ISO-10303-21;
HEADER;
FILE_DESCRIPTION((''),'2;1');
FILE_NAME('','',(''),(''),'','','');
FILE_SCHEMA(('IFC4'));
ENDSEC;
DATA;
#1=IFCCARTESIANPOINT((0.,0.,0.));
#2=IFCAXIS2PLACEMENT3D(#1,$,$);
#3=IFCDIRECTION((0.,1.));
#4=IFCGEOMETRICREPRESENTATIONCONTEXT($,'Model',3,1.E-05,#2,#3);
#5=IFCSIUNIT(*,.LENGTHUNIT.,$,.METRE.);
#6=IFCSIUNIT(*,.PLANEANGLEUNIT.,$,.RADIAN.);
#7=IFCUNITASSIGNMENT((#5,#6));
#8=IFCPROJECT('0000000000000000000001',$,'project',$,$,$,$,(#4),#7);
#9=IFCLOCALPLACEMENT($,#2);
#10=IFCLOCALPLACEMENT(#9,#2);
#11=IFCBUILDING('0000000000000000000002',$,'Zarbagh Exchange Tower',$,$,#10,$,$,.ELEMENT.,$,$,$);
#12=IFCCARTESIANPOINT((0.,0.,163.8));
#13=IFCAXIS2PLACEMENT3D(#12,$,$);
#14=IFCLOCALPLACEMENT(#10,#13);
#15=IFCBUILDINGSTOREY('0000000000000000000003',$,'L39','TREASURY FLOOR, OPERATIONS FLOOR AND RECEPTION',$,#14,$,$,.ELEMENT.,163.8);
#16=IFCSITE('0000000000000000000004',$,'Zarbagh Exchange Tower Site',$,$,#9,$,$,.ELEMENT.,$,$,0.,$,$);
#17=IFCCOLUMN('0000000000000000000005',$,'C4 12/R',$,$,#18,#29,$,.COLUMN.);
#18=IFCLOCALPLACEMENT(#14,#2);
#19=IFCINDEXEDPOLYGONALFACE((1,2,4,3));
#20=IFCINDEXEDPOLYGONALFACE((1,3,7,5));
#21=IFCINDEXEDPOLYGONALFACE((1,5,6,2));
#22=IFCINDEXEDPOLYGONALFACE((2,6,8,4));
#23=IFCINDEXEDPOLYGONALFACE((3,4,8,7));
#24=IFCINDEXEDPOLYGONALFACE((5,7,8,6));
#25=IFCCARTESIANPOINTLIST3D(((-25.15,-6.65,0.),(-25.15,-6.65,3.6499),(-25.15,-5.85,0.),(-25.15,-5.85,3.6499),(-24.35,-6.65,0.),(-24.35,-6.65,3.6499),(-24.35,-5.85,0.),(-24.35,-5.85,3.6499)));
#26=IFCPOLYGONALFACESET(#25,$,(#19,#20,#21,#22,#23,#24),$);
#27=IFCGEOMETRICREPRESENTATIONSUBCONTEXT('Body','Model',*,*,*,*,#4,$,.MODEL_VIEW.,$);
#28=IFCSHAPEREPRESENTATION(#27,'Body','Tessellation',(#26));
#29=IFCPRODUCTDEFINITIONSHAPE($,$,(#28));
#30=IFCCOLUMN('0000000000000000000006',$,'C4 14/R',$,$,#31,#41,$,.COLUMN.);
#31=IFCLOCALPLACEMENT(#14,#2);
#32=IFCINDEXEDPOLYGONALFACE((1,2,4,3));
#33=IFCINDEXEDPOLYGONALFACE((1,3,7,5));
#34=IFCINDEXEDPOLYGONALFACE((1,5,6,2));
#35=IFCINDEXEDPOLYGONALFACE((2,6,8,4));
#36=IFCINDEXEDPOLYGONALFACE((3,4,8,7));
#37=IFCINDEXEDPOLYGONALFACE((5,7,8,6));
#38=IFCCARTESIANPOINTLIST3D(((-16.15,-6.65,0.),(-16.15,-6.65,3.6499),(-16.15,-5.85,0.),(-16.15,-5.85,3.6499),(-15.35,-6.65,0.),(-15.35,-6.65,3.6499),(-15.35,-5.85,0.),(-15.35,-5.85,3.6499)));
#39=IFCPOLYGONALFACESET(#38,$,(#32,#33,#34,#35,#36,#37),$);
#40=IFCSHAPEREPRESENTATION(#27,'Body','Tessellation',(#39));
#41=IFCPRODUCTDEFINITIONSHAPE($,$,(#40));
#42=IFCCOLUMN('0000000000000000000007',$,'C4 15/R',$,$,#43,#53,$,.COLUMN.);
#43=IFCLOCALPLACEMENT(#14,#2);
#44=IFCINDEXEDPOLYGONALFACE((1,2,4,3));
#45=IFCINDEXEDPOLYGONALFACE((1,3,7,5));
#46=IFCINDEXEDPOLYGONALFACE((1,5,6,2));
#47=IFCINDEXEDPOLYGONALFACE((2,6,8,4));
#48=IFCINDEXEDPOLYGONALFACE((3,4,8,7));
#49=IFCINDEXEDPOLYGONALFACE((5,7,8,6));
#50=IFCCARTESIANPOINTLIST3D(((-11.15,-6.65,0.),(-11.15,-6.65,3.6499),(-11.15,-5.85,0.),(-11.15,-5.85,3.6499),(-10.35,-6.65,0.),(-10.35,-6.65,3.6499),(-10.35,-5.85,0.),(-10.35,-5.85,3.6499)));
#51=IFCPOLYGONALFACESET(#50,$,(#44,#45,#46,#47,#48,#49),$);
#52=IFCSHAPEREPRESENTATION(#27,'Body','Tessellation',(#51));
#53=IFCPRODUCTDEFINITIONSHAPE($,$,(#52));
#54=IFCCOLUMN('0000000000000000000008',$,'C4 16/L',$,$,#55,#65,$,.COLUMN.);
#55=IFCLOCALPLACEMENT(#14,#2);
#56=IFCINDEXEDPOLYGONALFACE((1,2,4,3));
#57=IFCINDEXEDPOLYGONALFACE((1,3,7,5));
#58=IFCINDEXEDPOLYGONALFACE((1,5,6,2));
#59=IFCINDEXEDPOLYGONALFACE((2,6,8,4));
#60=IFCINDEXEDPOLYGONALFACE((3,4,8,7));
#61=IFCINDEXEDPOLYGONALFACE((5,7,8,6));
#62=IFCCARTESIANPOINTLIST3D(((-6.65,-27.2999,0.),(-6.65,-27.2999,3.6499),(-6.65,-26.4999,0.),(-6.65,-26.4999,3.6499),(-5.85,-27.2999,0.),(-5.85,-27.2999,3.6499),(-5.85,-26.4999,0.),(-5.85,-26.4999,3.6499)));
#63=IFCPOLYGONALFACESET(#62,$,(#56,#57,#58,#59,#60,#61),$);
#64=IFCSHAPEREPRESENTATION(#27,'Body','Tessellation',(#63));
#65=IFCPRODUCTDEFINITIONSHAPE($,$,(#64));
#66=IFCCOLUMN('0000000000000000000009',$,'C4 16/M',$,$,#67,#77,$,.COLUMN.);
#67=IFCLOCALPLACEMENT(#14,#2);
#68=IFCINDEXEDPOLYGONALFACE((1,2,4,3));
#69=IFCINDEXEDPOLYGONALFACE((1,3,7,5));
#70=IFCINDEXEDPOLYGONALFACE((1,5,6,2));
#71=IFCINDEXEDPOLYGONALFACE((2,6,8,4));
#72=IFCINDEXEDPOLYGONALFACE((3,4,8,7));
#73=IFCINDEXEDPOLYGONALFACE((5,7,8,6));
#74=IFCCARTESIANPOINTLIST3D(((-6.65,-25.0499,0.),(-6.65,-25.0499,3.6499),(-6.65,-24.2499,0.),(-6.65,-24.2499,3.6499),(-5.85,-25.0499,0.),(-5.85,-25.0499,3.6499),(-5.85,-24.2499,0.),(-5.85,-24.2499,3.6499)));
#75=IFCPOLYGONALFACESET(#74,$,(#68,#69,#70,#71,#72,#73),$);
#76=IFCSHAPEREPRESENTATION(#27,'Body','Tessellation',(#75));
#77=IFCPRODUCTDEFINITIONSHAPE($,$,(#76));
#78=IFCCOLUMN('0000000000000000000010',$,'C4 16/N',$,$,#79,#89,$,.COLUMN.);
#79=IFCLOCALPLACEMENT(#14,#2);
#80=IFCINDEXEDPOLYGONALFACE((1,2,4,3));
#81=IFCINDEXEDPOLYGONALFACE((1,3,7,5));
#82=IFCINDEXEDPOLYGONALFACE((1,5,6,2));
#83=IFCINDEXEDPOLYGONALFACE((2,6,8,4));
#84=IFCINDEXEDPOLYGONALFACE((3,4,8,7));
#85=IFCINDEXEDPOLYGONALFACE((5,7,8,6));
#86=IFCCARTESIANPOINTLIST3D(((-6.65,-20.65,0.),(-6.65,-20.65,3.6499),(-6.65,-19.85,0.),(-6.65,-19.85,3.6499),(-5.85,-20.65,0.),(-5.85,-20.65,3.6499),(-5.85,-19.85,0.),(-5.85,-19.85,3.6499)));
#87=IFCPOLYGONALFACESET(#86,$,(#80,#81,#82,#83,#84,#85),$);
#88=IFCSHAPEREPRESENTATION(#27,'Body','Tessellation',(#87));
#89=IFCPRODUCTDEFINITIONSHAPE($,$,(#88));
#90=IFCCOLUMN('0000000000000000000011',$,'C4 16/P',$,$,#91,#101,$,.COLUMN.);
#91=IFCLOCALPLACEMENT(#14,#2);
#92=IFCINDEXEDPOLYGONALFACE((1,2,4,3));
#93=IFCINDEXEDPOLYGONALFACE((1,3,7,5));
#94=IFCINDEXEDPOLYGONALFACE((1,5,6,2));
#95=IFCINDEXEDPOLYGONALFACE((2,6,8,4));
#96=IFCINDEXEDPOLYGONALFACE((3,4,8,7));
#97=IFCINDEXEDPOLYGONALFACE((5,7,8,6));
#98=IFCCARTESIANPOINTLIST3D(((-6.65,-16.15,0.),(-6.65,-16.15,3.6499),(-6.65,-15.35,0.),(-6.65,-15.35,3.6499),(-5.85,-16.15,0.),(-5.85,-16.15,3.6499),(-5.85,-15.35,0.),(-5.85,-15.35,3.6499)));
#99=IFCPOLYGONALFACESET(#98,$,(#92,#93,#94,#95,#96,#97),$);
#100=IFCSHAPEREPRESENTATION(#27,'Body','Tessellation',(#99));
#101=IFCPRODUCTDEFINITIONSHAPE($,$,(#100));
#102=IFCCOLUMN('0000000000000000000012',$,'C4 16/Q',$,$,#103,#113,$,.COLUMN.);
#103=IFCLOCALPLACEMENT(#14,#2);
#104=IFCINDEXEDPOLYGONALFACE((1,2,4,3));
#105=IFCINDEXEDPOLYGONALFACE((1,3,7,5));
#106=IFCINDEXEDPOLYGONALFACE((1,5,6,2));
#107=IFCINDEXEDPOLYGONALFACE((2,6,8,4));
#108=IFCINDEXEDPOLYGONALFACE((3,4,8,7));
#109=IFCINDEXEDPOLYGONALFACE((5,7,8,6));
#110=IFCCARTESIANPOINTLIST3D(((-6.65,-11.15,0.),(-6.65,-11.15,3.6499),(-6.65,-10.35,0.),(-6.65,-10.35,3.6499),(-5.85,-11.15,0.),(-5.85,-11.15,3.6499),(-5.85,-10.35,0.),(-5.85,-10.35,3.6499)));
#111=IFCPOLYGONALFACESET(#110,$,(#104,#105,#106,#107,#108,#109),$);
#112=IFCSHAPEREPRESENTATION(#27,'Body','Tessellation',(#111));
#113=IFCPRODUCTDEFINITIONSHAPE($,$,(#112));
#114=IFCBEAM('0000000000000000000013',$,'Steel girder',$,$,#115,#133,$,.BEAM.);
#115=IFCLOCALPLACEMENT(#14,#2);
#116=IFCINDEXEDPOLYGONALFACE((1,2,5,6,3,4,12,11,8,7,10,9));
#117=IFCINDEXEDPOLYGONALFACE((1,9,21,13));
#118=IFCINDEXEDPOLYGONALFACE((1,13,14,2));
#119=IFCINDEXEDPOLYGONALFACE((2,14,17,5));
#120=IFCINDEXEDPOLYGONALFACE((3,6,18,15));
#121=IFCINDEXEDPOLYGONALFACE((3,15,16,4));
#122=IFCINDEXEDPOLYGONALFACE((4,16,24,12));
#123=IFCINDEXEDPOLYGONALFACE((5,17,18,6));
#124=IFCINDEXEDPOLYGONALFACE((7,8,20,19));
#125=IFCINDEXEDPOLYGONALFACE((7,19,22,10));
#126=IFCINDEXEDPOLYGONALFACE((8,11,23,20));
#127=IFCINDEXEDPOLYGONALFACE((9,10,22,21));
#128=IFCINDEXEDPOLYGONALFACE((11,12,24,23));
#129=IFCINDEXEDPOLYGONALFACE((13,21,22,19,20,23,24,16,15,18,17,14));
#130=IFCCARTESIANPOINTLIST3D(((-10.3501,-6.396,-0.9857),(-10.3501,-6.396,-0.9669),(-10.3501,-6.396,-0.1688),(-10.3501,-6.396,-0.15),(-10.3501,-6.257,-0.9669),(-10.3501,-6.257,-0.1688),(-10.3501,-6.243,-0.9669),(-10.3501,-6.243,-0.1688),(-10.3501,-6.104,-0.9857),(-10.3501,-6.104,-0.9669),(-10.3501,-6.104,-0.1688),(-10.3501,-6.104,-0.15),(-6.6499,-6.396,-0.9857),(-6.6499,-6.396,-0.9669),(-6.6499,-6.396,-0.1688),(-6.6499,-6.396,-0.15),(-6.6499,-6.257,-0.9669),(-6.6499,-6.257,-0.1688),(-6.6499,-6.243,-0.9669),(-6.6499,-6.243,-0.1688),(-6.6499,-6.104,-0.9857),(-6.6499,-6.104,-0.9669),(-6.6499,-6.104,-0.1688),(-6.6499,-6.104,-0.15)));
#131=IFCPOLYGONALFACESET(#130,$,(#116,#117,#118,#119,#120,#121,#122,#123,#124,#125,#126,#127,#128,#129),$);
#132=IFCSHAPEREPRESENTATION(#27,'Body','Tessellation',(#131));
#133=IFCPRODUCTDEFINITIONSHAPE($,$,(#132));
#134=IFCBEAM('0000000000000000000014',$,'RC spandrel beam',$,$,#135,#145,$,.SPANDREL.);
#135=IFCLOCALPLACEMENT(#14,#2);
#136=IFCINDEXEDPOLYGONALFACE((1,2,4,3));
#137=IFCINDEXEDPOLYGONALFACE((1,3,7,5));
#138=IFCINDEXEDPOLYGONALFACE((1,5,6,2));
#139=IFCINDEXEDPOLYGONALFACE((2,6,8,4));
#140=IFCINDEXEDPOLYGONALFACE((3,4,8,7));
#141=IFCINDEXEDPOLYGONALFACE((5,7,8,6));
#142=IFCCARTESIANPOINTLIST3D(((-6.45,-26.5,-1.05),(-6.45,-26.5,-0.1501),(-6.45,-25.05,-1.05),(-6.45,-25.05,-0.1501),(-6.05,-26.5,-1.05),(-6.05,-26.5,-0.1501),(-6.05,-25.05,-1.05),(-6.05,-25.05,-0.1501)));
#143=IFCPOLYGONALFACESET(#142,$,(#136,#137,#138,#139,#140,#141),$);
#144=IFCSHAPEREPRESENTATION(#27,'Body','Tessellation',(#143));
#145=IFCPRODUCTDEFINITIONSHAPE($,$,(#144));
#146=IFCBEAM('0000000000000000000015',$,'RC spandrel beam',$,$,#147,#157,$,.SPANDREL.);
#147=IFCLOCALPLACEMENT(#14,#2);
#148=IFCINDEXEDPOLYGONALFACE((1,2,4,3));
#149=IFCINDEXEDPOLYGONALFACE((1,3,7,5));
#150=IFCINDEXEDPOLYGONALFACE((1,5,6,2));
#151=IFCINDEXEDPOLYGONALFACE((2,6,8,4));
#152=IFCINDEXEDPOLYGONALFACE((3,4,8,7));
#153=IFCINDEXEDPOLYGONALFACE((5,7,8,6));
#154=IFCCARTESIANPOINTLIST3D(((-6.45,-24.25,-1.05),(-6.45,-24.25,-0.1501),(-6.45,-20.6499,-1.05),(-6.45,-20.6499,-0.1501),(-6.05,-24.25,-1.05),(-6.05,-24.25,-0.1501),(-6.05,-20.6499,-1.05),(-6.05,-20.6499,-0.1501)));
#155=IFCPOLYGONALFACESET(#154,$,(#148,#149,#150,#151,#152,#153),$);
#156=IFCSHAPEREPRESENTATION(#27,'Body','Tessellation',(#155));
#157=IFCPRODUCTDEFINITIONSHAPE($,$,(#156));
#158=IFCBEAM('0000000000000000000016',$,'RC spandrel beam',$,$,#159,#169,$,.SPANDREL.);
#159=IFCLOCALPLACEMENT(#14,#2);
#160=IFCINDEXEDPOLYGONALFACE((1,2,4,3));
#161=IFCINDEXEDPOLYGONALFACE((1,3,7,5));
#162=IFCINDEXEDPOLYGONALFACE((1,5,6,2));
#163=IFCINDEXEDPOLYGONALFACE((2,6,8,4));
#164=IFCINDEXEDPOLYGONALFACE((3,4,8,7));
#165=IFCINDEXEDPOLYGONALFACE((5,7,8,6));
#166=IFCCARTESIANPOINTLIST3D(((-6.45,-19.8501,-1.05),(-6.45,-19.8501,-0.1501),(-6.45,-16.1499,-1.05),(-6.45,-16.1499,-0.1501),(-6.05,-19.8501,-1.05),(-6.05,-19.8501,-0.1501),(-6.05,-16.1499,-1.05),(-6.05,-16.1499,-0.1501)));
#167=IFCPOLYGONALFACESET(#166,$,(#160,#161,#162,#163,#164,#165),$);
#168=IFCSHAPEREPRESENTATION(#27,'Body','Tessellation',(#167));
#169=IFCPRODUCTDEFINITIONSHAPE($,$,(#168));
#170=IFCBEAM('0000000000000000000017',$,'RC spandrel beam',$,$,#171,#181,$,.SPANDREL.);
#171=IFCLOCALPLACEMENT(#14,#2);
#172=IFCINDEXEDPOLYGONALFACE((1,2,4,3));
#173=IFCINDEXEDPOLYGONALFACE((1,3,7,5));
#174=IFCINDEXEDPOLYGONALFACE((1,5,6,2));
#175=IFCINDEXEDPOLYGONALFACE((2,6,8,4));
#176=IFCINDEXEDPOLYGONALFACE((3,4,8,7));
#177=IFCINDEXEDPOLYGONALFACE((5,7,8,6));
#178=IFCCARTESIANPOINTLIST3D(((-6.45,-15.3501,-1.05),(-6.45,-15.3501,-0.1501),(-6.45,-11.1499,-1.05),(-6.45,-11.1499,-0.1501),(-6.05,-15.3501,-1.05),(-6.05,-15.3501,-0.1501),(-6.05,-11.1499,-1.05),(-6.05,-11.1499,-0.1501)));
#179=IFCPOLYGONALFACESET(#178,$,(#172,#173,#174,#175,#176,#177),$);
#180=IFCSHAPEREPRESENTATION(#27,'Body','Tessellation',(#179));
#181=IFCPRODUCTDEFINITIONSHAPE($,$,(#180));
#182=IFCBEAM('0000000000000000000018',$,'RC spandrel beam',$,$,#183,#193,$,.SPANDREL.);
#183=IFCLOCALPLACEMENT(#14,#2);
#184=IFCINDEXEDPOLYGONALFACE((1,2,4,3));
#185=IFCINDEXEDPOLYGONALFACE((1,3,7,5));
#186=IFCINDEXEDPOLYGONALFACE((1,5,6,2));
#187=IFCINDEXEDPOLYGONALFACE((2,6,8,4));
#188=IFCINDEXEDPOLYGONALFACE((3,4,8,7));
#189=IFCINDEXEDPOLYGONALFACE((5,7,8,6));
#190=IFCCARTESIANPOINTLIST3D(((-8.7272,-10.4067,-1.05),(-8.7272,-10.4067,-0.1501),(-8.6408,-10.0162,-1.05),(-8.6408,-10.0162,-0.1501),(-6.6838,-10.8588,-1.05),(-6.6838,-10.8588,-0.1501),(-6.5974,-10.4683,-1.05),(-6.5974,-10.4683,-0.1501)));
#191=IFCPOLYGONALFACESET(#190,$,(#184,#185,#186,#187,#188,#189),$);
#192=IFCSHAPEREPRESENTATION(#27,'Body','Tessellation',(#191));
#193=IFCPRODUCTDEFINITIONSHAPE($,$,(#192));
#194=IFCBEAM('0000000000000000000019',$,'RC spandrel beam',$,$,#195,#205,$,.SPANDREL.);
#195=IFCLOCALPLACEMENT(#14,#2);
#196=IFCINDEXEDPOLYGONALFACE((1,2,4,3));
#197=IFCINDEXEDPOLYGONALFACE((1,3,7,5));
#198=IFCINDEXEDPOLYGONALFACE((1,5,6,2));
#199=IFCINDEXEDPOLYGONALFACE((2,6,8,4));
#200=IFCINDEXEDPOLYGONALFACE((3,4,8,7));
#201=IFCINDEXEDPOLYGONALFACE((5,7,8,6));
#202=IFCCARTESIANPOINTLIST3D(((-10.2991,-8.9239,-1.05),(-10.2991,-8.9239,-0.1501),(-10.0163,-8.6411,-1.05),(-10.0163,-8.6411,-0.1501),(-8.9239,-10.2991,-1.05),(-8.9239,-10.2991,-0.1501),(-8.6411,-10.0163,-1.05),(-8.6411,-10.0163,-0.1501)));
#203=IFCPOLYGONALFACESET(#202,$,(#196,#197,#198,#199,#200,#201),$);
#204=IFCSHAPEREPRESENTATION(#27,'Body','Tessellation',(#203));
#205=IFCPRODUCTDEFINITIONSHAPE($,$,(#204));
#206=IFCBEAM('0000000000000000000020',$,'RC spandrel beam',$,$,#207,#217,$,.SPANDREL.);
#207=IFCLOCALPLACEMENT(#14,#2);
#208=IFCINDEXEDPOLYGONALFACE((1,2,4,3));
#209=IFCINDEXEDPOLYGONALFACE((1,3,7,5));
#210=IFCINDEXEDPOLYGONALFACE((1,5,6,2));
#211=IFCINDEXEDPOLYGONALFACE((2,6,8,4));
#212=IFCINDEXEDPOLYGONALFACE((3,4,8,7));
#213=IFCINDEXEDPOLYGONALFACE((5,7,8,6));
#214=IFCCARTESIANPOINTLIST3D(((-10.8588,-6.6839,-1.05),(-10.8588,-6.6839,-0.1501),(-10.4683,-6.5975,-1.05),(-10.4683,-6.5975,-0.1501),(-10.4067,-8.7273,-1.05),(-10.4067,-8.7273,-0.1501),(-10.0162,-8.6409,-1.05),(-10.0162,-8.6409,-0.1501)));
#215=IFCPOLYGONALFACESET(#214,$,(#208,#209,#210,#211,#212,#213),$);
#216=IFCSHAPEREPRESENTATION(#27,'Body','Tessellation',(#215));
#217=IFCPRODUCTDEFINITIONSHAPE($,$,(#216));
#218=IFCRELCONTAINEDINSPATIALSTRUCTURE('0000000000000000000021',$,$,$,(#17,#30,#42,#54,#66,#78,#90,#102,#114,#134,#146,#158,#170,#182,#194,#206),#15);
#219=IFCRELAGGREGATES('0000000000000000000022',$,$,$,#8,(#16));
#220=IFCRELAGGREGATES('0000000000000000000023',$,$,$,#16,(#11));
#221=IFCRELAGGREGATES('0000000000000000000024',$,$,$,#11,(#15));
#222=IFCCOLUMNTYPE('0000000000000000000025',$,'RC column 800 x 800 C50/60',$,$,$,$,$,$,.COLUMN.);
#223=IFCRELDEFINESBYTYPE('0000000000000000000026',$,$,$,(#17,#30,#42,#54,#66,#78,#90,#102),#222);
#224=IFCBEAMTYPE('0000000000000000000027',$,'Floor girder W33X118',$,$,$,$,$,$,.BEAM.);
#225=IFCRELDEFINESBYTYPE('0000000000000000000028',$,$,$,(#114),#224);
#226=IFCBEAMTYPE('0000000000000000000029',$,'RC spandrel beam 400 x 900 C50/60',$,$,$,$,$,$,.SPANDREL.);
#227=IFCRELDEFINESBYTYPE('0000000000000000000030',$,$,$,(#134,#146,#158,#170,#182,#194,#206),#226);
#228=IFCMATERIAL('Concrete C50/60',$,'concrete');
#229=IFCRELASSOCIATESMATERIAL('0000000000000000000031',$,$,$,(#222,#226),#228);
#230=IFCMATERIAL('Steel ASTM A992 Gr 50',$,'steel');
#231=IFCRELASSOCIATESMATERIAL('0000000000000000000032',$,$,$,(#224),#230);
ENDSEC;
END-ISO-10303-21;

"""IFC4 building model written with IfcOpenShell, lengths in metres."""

from ifc_helpers import new_model, si_unit, direction, frame, origin, origin_2d, place, context, subcontext, project, spatial, rectangle, i_section, extrude, material, material_profile, profile_set, type_object, element, save


model = new_model("IFC4")

# Units and contexts
model_context = context("Model", 3, precision=1e-05, world=origin(), true_north=direction((0.0, 1.0)))
body_context = subcontext(model_context, "Body", "Model", "MODEL_VIEW")
ifc_project = project(units=[si_unit("LENGTHUNIT", "METRE"), si_unit("PLANEANGLEUNIT", "RADIAN")], contexts=[model_context])

# Site, building, storey
site_placement = place(None, origin())
site = spatial("IfcSite", under=ifc_project, at=site_placement, Name="Zarbagh Exchange Tower Site", CompositionType="ELEMENT", RefElevation=0.0)
building_placement = place(site_placement, origin())
building = spatial("IfcBuilding", under=site, at=building_placement, Name="Zarbagh Exchange Tower", CompositionType="ELEMENT")
storey_placement = place(building_placement, frame((0.0, 0.0, 163.8)))
storey = spatial("IfcBuildingStorey", under=building, at=storey_placement, Name="L39", Description="TREASURY FLOOR, OPERATIONS FLOOR AND RECEPTION", CompositionType="ELEMENT", Elevation=163.8)

# Columns
ifc_material_1 = material(Name="Concrete C50/60", Category="concrete")
ifc_material_profile_1 = material_profile(ifc_material_1, rectangle(XDim=0.8, YDim=0.8, at=origin_2d()), Name="RC column 800 x 800 C50/60")
ifc_profile_set_1 = profile_set([ifc_material_profile_1], Name="Concrete C50/60")
column_type = type_object("IfcColumnType", Name="RC column 800 x 800 C50/60", PredefinedType="COLUMN", material=ifc_profile_set_1)
for number, where, z_axis, x_axis, name in (
    (1, (-24.75, -6.25, 0.0), (0.0, 0.0, 1.0), (1.0, 0.0, 0.0), "C4 12/R"),
    (2, (-15.75, -6.25, 0.0), (0.0, 0.0, 1.0), (1.0, 0.0, 0.0), "C4 14/R"),
    (3, (-10.75, -6.25, 0.0), (0.0, 0.0, 1.0), (1.0, 0.0, 0.0), "C4 15/R"),
    (4, (-6.25, -26.8999, 0.0), (0.0, 0.0, 1.0), (1.0, 0.0, 0.0), "C4 16/L"),
    (5, (-6.25, -24.6499, 0.0), (0.0, 0.0, 1.0), (1.0, 0.0, 0.0), "C4 16/M"),
    (6, (-6.25, -20.25, 0.0), (0.0, 0.0, 1.0), (1.0, 0.0, 0.0), "C4 16/N"),
    (7, (-6.25, -15.75, 0.0), (0.0, 0.0, 1.0), (1.0, 0.0, 0.0), "C4 16/P"),
    (8, (-6.25, -10.75, 0.0), (0.0, 0.0, 1.0), (1.0, 0.0, 0.0), "C4 16/Q"),
):
    element("IfcColumn", number, at=place(storey_placement, frame(where, z_axis=z_axis, x_axis=x_axis)), inside=storey, type_object=column_type, Name=name, PredefinedType="COLUMN", context=body_context, shape_type="SweptSolid", body=[
        extrude(rectangle(XDim=0.8, YDim=0.8, at=origin_2d()), origin(), (0.0, 0.0, 1.0), 3.6499),
    ])

# Beams
ifc_material_2 = material(Name="Steel ASTM A992 Gr 50", Category="steel")
ifc_material_profile_2 = material_profile(ifc_material_2, i_section(OverallWidth=0.292, OverallDepth=0.8357, WebThickness=0.0139, FlangeThickness=0.0188, at=origin_2d()), Name="W33X118")
ifc_profile_set_2 = profile_set([ifc_material_profile_2], Name="Steel ASTM A992 Gr 50")
beam_type_1 = type_object("IfcBeamType", Name="Floor girder W33X118", PredefinedType="BEAM", material=ifc_profile_set_2)
beam_1_placement = place(storey_placement, frame((-10.3501, -6.25, -0.5679), z_axis=(1.0, 0.0, 0.0), x_axis=(0.0, 1.0, 0.0)))
element("IfcBeam", 9, at=beam_1_placement, inside=storey, type_object=beam_type_1, Name="Steel girder", PredefinedType="BEAM", context=body_context, shape_type="SweptSolid", body=[
    extrude(i_section(OverallWidth=0.292, OverallDepth=0.8357, WebThickness=0.0139, FlangeThickness=0.0188, at=origin_2d()), origin(), (0.0, 0.0, 1.0), 3.7002),
])
ifc_material_profile_3 = material_profile(ifc_material_1, rectangle(XDim=0.3999, YDim=0.8999, at=origin_2d()), Name="RC spandrel beam 400 x 900 C50/60")
ifc_profile_set_3 = profile_set([ifc_material_profile_3], Name="Concrete C50/60")
beam_type_2 = type_object("IfcBeamType", Name="RC spandrel beam 400 x 900 C50/60", PredefinedType="SPANDREL", material=ifc_profile_set_3)
beam_2_placement = place(storey_placement, frame((-6.25, -26.5, -0.6001), z_axis=(0.0, 1.0, 0.0), x_axis=(-1.0, 0.0, 0.0)))
element("IfcBeam", 10, at=beam_2_placement, inside=storey, type_object=beam_type_2, Name="RC spandrel beam", PredefinedType="SPANDREL", context=body_context, shape_type="SweptSolid", body=[
    extrude(rectangle(XDim=0.3999, YDim=0.8999, at=origin_2d()), origin(), (0.0, 0.0, 1.0), 1.45),
])
beam_3_placement = place(storey_placement, frame((-6.25, -24.25, -0.6001), z_axis=(0.0, 1.0, 0.0), x_axis=(-1.0, 0.0, 0.0)))
element("IfcBeam", 11, at=beam_3_placement, inside=storey, type_object=beam_type_2, Name="RC spandrel beam", PredefinedType="SPANDREL", context=body_context, shape_type="SweptSolid", body=[
    extrude(rectangle(XDim=0.3999, YDim=0.8999, at=origin_2d()), origin(), (0.0, 0.0, 1.0), 3.6001),
])
beam_4_placement = place(storey_placement, frame((-6.25, -19.8501, -0.6001), z_axis=(0.0, 1.0, 0.0), x_axis=(-1.0, 0.0, 0.0)))
element("IfcBeam", 12, at=beam_4_placement, inside=storey, type_object=beam_type_2, Name="RC spandrel beam", PredefinedType="SPANDREL", context=body_context, shape_type="SweptSolid", body=[
    extrude(rectangle(XDim=0.3999, YDim=0.8999, at=origin_2d()), origin(), (0.0, 0.0, 1.0), 3.7002),
])
beam_5_placement = place(storey_placement, frame((-6.25, -15.3501, -0.6001), z_axis=(0.0, 1.0, 0.0), x_axis=(-1.0, 0.0, 0.0)))
element("IfcBeam", 13, at=beam_5_placement, inside=storey, type_object=beam_type_2, Name="RC spandrel beam", PredefinedType="SPANDREL", context=body_context, shape_type="SweptSolid", body=[
    extrude(rectangle(XDim=0.3999, YDim=0.8999, at=origin_2d()), origin(), (0.0, 0.0, 1.0), 4.2002),
])
beam_6_placement = place(storey_placement, frame((-6.6406, -10.6636, -0.6001), z_axis=(-0.976384, 0.216041, 0.0), x_axis=(-0.216041, -0.976384, 0.0)))
element("IfcBeam", 14, at=beam_6_placement, inside=storey, type_object=beam_type_2, Name="RC spandrel beam", PredefinedType="SPANDREL", context=body_context, shape_type="SweptSolid", body=[
    extrude(rectangle(XDim=0.3999, YDim=0.8999, at=origin_2d()), origin(), (0.0, 0.0, 1.0), 2.0928),
])
beam_7_placement = place(storey_placement, frame((-8.7825, -10.1577, -0.6001), z_axis=(-0.707107, 0.707107, 0.0), x_axis=(-0.707107, -0.707107, 0.0)))
element("IfcBeam", 15, at=beam_7_placement, inside=storey, type_object=beam_type_2, Name="RC spandrel beam", PredefinedType="SPANDREL", context=body_context, shape_type="SweptSolid", body=[
    extrude(rectangle(XDim=0.3999, YDim=0.8999, at=origin_2d()), origin(), (0.0, 0.0, 1.0), 1.9448),
])
beam_8_placement = place(storey_placement, frame((-10.2114, -8.6841, -0.6001), z_axis=(-0.216041, 0.976384, 0.0), x_axis=(-0.976384, -0.216041, 0.0)))
element("IfcBeam", 16, at=beam_8_placement, inside=storey, type_object=beam_type_2, Name="RC spandrel beam", PredefinedType="SPANDREL", context=body_context, shape_type="SweptSolid", body=[
    extrude(rectangle(XDim=0.3999, YDim=0.8999, at=origin_2d()), origin(), (0.0, 0.0, 1.0), 2.0928),
])

save(model, "model.ifc")
